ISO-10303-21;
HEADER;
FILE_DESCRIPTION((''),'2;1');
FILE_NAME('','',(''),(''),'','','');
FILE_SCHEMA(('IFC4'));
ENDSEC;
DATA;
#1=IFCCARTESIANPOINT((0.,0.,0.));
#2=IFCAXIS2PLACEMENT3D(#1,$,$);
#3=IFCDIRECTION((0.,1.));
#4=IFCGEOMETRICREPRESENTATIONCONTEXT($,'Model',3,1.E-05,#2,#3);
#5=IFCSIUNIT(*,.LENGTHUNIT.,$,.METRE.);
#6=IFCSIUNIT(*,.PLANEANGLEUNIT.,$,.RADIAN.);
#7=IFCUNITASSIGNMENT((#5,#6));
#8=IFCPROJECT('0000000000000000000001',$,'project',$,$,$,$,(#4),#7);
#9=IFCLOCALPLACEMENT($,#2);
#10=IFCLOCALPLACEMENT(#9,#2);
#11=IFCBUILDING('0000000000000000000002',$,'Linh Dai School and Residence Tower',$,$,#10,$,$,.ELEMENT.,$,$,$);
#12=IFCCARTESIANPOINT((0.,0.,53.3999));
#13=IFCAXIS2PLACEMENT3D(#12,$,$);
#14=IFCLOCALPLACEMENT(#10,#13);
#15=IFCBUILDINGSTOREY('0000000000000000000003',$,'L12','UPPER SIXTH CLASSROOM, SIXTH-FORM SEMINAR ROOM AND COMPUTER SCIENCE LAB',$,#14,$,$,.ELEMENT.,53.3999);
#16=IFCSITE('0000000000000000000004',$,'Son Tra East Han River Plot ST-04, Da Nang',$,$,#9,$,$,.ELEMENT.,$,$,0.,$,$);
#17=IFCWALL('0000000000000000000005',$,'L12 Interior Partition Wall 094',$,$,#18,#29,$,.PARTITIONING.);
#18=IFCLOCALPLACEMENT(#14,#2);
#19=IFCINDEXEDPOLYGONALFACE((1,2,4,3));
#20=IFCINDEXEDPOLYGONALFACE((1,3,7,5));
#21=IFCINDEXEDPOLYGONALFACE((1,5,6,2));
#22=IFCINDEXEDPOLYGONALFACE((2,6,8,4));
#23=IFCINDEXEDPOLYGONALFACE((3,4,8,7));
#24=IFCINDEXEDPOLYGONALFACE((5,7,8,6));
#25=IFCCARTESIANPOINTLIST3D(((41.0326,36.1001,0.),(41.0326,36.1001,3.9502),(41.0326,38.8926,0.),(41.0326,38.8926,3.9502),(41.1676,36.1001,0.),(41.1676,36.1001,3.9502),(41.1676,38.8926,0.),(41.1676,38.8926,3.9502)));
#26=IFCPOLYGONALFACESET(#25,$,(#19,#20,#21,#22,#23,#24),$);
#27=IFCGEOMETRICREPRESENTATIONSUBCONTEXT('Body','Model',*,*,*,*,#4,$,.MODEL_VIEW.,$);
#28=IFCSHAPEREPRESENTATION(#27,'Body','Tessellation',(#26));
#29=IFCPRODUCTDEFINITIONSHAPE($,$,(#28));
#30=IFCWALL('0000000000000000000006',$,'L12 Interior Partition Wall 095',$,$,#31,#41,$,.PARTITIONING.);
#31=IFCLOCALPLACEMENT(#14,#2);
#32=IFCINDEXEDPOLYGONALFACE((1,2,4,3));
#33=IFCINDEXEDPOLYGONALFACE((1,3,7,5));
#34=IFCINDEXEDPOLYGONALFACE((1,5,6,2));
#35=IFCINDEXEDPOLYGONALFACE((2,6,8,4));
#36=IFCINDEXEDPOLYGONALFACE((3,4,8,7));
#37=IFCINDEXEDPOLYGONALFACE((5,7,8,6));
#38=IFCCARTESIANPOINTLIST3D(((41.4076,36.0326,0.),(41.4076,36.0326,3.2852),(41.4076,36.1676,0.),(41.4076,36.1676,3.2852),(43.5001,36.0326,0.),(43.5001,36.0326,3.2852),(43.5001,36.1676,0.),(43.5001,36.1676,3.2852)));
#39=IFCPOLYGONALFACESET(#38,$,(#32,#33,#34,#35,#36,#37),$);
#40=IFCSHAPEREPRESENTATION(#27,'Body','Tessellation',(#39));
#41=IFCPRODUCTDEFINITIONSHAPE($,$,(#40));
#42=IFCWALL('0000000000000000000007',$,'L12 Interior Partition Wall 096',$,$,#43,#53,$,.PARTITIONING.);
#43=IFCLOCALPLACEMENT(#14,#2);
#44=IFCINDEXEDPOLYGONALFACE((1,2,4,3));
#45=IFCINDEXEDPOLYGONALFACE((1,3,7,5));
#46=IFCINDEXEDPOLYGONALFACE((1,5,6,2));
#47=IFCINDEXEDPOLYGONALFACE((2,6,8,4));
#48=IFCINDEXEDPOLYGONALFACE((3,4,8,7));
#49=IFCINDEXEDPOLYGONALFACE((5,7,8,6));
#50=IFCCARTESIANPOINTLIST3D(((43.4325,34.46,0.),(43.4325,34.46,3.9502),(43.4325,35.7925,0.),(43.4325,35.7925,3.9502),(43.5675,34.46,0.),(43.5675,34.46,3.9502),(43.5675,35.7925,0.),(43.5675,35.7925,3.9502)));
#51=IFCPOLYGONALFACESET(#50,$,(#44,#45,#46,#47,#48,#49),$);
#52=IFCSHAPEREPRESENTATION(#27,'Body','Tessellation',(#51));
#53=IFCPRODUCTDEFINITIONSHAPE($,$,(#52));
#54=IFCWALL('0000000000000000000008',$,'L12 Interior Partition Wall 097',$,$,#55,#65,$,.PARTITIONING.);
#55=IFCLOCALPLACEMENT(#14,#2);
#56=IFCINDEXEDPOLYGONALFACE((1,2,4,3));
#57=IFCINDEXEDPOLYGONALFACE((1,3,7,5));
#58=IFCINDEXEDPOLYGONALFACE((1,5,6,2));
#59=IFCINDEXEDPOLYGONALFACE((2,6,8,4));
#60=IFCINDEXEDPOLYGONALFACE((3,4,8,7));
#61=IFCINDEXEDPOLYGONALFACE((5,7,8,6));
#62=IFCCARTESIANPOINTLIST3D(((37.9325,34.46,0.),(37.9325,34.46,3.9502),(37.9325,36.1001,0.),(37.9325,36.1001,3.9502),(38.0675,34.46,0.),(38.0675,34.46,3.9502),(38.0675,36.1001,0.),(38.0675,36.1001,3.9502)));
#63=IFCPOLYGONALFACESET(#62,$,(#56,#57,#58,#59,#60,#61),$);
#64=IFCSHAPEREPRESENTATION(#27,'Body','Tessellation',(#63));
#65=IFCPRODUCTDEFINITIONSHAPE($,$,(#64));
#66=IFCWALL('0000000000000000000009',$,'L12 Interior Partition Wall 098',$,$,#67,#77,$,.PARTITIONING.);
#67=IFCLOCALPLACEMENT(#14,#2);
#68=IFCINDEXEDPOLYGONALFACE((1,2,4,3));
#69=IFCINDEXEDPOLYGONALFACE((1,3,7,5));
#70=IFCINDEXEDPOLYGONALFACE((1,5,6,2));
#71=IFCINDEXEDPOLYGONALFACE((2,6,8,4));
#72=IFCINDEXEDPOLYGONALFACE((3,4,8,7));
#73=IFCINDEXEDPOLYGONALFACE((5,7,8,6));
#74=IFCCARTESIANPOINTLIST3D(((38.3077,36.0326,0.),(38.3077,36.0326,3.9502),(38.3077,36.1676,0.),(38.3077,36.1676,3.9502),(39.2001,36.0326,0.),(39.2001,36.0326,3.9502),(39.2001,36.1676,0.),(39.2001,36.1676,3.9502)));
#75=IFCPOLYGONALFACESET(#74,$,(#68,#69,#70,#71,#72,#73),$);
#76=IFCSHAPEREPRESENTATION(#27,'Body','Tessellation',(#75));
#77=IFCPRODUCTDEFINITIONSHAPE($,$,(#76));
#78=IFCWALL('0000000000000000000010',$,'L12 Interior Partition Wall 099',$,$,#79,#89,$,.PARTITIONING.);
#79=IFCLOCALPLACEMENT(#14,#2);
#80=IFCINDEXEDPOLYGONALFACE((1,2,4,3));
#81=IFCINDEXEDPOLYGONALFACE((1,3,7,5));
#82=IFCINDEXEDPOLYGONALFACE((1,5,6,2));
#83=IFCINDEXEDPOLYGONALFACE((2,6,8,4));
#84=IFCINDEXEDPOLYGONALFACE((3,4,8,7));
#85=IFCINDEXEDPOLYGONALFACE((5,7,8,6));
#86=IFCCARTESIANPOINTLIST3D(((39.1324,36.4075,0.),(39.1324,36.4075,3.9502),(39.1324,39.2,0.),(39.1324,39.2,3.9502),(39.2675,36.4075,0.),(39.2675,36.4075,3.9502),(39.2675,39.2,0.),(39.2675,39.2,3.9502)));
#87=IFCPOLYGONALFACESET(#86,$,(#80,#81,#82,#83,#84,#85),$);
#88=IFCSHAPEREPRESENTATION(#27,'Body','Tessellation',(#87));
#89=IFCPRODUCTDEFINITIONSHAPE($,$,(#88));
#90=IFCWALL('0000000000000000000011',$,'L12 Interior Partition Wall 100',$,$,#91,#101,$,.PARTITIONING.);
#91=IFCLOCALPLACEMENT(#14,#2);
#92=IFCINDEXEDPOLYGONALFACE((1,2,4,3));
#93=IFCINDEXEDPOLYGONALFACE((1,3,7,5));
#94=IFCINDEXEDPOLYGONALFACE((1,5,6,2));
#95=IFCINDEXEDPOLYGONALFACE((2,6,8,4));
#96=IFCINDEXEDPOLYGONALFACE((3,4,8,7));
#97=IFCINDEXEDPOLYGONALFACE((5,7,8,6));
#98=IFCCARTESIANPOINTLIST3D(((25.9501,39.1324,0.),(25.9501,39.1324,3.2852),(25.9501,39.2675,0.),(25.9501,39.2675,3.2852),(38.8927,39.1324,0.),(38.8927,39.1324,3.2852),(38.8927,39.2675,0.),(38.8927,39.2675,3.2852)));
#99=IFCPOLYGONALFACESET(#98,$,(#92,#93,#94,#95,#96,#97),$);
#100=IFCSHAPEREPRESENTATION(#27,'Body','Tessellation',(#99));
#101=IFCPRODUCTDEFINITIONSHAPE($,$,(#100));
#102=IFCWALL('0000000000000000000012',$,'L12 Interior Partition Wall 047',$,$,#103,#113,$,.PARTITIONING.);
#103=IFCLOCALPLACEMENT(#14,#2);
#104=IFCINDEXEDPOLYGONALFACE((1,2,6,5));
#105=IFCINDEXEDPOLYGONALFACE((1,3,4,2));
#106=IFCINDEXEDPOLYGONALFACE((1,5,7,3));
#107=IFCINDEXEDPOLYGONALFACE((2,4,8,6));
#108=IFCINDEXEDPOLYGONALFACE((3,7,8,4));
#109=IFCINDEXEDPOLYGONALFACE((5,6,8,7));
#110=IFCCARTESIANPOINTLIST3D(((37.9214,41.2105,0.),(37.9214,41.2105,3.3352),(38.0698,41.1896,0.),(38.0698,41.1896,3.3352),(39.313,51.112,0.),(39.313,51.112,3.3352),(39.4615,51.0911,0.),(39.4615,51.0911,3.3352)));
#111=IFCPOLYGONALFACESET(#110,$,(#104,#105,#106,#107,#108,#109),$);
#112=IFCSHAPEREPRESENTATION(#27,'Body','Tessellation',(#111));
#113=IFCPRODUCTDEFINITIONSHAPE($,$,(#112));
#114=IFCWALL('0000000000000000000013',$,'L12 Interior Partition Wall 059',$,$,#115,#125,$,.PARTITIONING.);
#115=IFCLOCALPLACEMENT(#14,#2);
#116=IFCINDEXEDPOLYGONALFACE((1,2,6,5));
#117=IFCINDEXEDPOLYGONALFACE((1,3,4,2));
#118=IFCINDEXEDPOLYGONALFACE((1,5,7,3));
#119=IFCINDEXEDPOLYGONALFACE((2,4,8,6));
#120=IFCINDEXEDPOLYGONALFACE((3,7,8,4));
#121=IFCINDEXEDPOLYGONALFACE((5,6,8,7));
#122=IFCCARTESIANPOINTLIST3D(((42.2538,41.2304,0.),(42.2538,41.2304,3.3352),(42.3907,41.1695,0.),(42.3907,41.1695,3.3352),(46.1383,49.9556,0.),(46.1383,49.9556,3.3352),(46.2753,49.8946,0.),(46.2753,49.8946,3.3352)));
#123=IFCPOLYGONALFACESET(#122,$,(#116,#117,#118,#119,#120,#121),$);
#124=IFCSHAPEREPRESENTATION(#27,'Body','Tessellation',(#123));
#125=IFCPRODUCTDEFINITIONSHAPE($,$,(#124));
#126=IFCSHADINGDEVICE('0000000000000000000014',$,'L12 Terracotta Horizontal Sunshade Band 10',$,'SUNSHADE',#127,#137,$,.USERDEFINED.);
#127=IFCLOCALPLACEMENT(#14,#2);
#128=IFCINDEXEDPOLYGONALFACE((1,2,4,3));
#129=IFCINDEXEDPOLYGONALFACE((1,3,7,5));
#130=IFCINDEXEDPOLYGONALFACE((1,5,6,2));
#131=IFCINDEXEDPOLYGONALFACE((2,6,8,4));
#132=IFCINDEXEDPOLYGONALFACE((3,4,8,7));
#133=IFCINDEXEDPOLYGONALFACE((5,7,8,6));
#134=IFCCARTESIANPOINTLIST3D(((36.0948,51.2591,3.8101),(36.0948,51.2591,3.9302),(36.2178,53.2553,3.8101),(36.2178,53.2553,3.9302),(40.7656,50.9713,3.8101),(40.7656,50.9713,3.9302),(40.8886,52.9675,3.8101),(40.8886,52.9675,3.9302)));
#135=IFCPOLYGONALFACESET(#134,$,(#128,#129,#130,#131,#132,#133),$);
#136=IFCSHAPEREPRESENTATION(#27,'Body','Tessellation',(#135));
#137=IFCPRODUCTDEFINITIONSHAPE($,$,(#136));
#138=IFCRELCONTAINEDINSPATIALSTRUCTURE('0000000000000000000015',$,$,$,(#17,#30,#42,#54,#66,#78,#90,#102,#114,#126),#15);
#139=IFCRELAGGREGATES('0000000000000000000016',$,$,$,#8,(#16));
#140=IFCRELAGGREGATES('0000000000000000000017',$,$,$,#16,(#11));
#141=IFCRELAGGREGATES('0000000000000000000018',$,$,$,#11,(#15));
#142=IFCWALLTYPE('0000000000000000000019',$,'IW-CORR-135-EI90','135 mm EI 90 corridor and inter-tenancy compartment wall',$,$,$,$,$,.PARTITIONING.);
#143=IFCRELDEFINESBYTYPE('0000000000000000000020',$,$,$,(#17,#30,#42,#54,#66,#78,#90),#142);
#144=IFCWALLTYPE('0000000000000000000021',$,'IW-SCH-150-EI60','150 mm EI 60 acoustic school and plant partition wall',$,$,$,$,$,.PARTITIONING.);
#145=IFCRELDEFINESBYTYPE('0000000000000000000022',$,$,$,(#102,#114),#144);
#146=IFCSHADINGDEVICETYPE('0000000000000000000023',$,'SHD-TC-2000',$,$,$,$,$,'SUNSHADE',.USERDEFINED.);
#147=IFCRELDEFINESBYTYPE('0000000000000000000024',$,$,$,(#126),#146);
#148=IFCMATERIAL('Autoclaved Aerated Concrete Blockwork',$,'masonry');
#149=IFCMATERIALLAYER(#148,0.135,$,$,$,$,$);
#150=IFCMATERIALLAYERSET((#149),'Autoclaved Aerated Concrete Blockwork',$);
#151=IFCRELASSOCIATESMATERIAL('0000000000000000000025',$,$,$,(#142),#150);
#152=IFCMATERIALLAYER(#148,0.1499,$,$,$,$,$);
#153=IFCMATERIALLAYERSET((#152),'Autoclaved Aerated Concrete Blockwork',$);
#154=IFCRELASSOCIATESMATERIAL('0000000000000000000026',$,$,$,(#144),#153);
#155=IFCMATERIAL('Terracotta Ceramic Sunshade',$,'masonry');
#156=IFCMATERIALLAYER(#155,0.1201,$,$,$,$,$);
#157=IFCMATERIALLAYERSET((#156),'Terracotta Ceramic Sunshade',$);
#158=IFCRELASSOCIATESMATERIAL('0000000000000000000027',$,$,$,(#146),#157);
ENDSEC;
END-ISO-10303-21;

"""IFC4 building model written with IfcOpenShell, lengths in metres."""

from ifc_helpers import new_model, si_unit, direction, frame, frame_2d, origin, origin_2d, place, context, subcontext, project, spatial, rectangle, extrude, source, transform, mapped, material, layer, layer_set, type_object, element, save


model = new_model("IFC4")

# Units and contexts
model_context = context("Model", 3, precision=1e-05, world=origin(), true_north=direction((0.0, 1.0)))
body_context = subcontext(model_context, "Body", "Model", "MODEL_VIEW")
ifc_project = project(units=[si_unit("LENGTHUNIT", "METRE"), si_unit("PLANEANGLEUNIT", "RADIAN")], contexts=[model_context])

# Site, building, storey
site_placement = place(None, origin())
site = spatial("IfcSite", under=ifc_project, at=site_placement, Name="Son Tra East Han River Plot ST-04, Da Nang", CompositionType="ELEMENT", RefElevation=0.0)
building_placement = place(site_placement, origin())
building = spatial("IfcBuilding", under=site, at=building_placement, Name="Linh Dai School and Residence Tower", CompositionType="ELEMENT")
storey_placement = place(building_placement, frame((0.0, 0.0, 53.3999)))
storey = spatial("IfcBuildingStorey", under=building, at=storey_placement, Name="L12", Description="UPPER SIXTH CLASSROOM, SIXTH-FORM SEMINAR ROOM AND COMPUTER SCIENCE LAB", CompositionType="ELEMENT", Elevation=53.3999)

# Walls
ifc_material_1 = material(Name="Autoclaved Aerated Concrete Blockwork", Category="masonry")
ifc_layer_1 = layer(ifc_material_1, 0.135)
ifc_layer_set_1 = layer_set([ifc_layer_1], Name="Autoclaved Aerated Concrete Blockwork")
wall_type_1 = type_object("IfcWallType", Name="IW-CORR-135-EI90", Description="135 mm EI 90 corridor and inter-tenancy compartment wall", PredefinedType="PARTITIONING", material=ifc_layer_set_1)
wall_1_placement = place(storey_placement, frame((41.1001, 38.8926, 0.0), z_axis=(0.0, 0.0, 1.0), x_axis=(0.0, -1.0, 0.0)))
element("IfcWall", 1, at=wall_1_placement, inside=storey, type_object=wall_type_1, Name="L12 Interior Partition Wall 094", PredefinedType="PARTITIONING", context=body_context, shape_type="SweptSolid", body=[
    extrude(rectangle(XDim=2.7925, YDim=0.135, at=frame_2d((1.3962, 0.0))), origin(), (0.0, 0.0, 1.0), 3.9502),
])
wall_2_placement = place(storey_placement, frame((41.4075, 36.1001, 0.0), z_axis=(0.0, 0.0, 1.0), x_axis=(1.0, 0.0, 0.0)))
element("IfcWall", 2, at=wall_2_placement, inside=storey, type_object=wall_type_1, Name="L12 Interior Partition Wall 095", PredefinedType="PARTITIONING", context=body_context, shape_type="SweptSolid", body=[
    extrude(rectangle(XDim=2.0925, YDim=0.135, at=frame_2d((1.0464, 0.0))), origin(), (0.0, 0.0, 1.0), 3.2852),
])
wall_3_placement = place(storey_placement, frame((43.5, 35.7925, 0.0), z_axis=(0.0, 0.0, 1.0), x_axis=(0.0, -1.0, 0.0)))
element("IfcWall", 3, at=wall_3_placement, inside=storey, type_object=wall_type_1, Name="L12 Interior Partition Wall 096", PredefinedType="PARTITIONING", context=body_context, shape_type="SweptSolid", body=[
    extrude(rectangle(XDim=1.3325, YDim=0.135, at=frame_2d((0.6663, 0.0))), origin(), (0.0, 0.0, 1.0), 3.9502),
])
wall_4_placement = place(storey_placement, frame((38.0, 34.46, 0.0), z_axis=(0.0, 0.0, 1.0), x_axis=(0.0, 1.0, 0.0)))
element("IfcWall", 4, at=wall_4_placement, inside=storey, type_object=wall_type_1, Name="L12 Interior Partition Wall 097", PredefinedType="PARTITIONING", context=body_context, shape_type="SweptSolid", body=[
    extrude(rectangle(XDim=1.6401, YDim=0.135, at=frame_2d((0.8201, 0.0))), origin(), (0.0, 0.0, 1.0), 3.9502),
])
wall_5_placement = place(storey_placement, frame((38.3076, 36.1001, 0.0), z_axis=(0.0, 0.0, 1.0), x_axis=(1.0, 0.0, 0.0)))
element("IfcWall", 5, at=wall_5_placement, inside=storey, type_object=wall_type_1, Name="L12 Interior Partition Wall 098", PredefinedType="PARTITIONING", context=body_context, shape_type="SweptSolid", body=[
    extrude(rectangle(XDim=0.8923, YDim=0.135, at=frame_2d((0.4463, 0.0))), origin(), (0.0, 0.0, 1.0), 3.9502),
])
wall_6_placement = place(storey_placement, frame((39.2, 36.4075, 0.0), z_axis=(0.0, 0.0, 1.0), x_axis=(0.0, 1.0, 0.0)))
element("IfcWall", 6, at=wall_6_placement, inside=storey, type_object=wall_type_1, Name="L12 Interior Partition Wall 099", PredefinedType="PARTITIONING", context=body_context, shape_type="SweptSolid", body=[
    extrude(rectangle(XDim=2.7925, YDim=0.135, at=frame_2d((1.3962, 0.0))), origin(), (0.0, 0.0, 1.0), 3.9502),
])
wall_7_placement = place(storey_placement, frame((38.8926, 39.2, 0.0), z_axis=(0.0, 0.0, 1.0), x_axis=(-1.0, 0.0, 0.0)))
element("IfcWall", 7, at=wall_7_placement, inside=storey, type_object=wall_type_1, Name="L12 Interior Partition Wall 100", PredefinedType="PARTITIONING", context=body_context, shape_type="SweptSolid", body=[
    extrude(rectangle(XDim=12.9426, YDim=0.135, at=frame_2d((6.4712, 0.0))), origin(), (0.0, 0.0, 1.0), 3.2852),
])
ifc_layer_2 = layer(ifc_material_1, 0.1499)
ifc_layer_set_2 = layer_set([ifc_layer_2], Name="Autoclaved Aerated Concrete Blockwork")
wall_type_2 = type_object("IfcWallType", Name="IW-SCH-150-EI60", Description="150 mm EI 60 acoustic school and plant partition wall", PredefinedType="PARTITIONING", material=ifc_layer_set_2)
wall_8_placement = place(storey_placement, frame((37.9956, 41.2, 0.0), z_axis=(0.0, 0.0, 1.0), x_axis=(0.139179, 0.990267, 0.0)))
element("IfcWall", 8, at=wall_8_placement, inside=storey, type_object=wall_type_2, Name="L12 Interior Partition Wall 047", PredefinedType="PARTITIONING", context=body_context, shape_type="SweptSolid", body=[
    extrude(rectangle(XDim=9.9988, YDim=0.1499, at=frame_2d((4.9995, 0.0))), origin(), (0.0, 0.0, 1.0), 3.3352),
])
wall_9_placement = place(storey_placement, frame((42.3223, 41.2, 0.0), z_axis=(0.0, 0.0, 1.0), x_axis=(0.406724, 0.913551, 0.0)))
element("IfcWall", 9, at=wall_9_placement, inside=storey, type_object=wall_type_2, Name="L12 Interior Partition Wall 059", PredefinedType="PARTITIONING", context=body_context, shape_type="SweptSolid", body=[
    extrude(rectangle(XDim=9.5508, YDim=0.1499, at=frame_2d((4.7754, 0.0))), origin(), (0.0, 0.0, 1.0), 3.3352),
])

# Shading device
ifc_material_2 = material(Name="Terracotta Ceramic Sunshade", Category="masonry")
ifc_layer_3 = layer(ifc_material_2, 0.1201)
ifc_layer_set_3 = layer_set([ifc_layer_3], Name="Terracotta Ceramic Sunshade")
shading_device_type = type_object("IfcShadingDeviceType", Name="SHD-TC-2000", ElementType="SUNSHADE", PredefinedType="USERDEFINED", material=ifc_layer_set_3)
shared_shape_1 = source(origin(), body_context, "Body", "SweptSolid", [
    extrude(rectangle(XDim=4.6797, YDim=2.0, at=origin_2d()), origin(), (0.0, 0.0, 1.0), 0.1201),
])
shading_device_placement = place(storey_placement, frame((38.4917, 52.1133, 3.8101), z_axis=(0.0, 0.0, 1.0), x_axis=(0.998107, -0.061507, 0.0)))
element("IfcShadingDevice", 10, at=shading_device_placement, inside=storey, type_object=shading_device_type, Name="L12 Terracotta Horizontal Sunshade Band 10", ObjectType="SUNSHADE", PredefinedType="USERDEFINED", context=body_context, shape_type="MappedRepresentation", body=[
    mapped(shared_shape_1, transform((0.0, 0.0, 0.0), x_axis=(1.0, 0.0, 0.0), y_axis=(0.0, 1.0, 0.0), z_axis=(0.0, 0.0, 1.0), scale=1.0)),
])

save(model, "model.ifc")
